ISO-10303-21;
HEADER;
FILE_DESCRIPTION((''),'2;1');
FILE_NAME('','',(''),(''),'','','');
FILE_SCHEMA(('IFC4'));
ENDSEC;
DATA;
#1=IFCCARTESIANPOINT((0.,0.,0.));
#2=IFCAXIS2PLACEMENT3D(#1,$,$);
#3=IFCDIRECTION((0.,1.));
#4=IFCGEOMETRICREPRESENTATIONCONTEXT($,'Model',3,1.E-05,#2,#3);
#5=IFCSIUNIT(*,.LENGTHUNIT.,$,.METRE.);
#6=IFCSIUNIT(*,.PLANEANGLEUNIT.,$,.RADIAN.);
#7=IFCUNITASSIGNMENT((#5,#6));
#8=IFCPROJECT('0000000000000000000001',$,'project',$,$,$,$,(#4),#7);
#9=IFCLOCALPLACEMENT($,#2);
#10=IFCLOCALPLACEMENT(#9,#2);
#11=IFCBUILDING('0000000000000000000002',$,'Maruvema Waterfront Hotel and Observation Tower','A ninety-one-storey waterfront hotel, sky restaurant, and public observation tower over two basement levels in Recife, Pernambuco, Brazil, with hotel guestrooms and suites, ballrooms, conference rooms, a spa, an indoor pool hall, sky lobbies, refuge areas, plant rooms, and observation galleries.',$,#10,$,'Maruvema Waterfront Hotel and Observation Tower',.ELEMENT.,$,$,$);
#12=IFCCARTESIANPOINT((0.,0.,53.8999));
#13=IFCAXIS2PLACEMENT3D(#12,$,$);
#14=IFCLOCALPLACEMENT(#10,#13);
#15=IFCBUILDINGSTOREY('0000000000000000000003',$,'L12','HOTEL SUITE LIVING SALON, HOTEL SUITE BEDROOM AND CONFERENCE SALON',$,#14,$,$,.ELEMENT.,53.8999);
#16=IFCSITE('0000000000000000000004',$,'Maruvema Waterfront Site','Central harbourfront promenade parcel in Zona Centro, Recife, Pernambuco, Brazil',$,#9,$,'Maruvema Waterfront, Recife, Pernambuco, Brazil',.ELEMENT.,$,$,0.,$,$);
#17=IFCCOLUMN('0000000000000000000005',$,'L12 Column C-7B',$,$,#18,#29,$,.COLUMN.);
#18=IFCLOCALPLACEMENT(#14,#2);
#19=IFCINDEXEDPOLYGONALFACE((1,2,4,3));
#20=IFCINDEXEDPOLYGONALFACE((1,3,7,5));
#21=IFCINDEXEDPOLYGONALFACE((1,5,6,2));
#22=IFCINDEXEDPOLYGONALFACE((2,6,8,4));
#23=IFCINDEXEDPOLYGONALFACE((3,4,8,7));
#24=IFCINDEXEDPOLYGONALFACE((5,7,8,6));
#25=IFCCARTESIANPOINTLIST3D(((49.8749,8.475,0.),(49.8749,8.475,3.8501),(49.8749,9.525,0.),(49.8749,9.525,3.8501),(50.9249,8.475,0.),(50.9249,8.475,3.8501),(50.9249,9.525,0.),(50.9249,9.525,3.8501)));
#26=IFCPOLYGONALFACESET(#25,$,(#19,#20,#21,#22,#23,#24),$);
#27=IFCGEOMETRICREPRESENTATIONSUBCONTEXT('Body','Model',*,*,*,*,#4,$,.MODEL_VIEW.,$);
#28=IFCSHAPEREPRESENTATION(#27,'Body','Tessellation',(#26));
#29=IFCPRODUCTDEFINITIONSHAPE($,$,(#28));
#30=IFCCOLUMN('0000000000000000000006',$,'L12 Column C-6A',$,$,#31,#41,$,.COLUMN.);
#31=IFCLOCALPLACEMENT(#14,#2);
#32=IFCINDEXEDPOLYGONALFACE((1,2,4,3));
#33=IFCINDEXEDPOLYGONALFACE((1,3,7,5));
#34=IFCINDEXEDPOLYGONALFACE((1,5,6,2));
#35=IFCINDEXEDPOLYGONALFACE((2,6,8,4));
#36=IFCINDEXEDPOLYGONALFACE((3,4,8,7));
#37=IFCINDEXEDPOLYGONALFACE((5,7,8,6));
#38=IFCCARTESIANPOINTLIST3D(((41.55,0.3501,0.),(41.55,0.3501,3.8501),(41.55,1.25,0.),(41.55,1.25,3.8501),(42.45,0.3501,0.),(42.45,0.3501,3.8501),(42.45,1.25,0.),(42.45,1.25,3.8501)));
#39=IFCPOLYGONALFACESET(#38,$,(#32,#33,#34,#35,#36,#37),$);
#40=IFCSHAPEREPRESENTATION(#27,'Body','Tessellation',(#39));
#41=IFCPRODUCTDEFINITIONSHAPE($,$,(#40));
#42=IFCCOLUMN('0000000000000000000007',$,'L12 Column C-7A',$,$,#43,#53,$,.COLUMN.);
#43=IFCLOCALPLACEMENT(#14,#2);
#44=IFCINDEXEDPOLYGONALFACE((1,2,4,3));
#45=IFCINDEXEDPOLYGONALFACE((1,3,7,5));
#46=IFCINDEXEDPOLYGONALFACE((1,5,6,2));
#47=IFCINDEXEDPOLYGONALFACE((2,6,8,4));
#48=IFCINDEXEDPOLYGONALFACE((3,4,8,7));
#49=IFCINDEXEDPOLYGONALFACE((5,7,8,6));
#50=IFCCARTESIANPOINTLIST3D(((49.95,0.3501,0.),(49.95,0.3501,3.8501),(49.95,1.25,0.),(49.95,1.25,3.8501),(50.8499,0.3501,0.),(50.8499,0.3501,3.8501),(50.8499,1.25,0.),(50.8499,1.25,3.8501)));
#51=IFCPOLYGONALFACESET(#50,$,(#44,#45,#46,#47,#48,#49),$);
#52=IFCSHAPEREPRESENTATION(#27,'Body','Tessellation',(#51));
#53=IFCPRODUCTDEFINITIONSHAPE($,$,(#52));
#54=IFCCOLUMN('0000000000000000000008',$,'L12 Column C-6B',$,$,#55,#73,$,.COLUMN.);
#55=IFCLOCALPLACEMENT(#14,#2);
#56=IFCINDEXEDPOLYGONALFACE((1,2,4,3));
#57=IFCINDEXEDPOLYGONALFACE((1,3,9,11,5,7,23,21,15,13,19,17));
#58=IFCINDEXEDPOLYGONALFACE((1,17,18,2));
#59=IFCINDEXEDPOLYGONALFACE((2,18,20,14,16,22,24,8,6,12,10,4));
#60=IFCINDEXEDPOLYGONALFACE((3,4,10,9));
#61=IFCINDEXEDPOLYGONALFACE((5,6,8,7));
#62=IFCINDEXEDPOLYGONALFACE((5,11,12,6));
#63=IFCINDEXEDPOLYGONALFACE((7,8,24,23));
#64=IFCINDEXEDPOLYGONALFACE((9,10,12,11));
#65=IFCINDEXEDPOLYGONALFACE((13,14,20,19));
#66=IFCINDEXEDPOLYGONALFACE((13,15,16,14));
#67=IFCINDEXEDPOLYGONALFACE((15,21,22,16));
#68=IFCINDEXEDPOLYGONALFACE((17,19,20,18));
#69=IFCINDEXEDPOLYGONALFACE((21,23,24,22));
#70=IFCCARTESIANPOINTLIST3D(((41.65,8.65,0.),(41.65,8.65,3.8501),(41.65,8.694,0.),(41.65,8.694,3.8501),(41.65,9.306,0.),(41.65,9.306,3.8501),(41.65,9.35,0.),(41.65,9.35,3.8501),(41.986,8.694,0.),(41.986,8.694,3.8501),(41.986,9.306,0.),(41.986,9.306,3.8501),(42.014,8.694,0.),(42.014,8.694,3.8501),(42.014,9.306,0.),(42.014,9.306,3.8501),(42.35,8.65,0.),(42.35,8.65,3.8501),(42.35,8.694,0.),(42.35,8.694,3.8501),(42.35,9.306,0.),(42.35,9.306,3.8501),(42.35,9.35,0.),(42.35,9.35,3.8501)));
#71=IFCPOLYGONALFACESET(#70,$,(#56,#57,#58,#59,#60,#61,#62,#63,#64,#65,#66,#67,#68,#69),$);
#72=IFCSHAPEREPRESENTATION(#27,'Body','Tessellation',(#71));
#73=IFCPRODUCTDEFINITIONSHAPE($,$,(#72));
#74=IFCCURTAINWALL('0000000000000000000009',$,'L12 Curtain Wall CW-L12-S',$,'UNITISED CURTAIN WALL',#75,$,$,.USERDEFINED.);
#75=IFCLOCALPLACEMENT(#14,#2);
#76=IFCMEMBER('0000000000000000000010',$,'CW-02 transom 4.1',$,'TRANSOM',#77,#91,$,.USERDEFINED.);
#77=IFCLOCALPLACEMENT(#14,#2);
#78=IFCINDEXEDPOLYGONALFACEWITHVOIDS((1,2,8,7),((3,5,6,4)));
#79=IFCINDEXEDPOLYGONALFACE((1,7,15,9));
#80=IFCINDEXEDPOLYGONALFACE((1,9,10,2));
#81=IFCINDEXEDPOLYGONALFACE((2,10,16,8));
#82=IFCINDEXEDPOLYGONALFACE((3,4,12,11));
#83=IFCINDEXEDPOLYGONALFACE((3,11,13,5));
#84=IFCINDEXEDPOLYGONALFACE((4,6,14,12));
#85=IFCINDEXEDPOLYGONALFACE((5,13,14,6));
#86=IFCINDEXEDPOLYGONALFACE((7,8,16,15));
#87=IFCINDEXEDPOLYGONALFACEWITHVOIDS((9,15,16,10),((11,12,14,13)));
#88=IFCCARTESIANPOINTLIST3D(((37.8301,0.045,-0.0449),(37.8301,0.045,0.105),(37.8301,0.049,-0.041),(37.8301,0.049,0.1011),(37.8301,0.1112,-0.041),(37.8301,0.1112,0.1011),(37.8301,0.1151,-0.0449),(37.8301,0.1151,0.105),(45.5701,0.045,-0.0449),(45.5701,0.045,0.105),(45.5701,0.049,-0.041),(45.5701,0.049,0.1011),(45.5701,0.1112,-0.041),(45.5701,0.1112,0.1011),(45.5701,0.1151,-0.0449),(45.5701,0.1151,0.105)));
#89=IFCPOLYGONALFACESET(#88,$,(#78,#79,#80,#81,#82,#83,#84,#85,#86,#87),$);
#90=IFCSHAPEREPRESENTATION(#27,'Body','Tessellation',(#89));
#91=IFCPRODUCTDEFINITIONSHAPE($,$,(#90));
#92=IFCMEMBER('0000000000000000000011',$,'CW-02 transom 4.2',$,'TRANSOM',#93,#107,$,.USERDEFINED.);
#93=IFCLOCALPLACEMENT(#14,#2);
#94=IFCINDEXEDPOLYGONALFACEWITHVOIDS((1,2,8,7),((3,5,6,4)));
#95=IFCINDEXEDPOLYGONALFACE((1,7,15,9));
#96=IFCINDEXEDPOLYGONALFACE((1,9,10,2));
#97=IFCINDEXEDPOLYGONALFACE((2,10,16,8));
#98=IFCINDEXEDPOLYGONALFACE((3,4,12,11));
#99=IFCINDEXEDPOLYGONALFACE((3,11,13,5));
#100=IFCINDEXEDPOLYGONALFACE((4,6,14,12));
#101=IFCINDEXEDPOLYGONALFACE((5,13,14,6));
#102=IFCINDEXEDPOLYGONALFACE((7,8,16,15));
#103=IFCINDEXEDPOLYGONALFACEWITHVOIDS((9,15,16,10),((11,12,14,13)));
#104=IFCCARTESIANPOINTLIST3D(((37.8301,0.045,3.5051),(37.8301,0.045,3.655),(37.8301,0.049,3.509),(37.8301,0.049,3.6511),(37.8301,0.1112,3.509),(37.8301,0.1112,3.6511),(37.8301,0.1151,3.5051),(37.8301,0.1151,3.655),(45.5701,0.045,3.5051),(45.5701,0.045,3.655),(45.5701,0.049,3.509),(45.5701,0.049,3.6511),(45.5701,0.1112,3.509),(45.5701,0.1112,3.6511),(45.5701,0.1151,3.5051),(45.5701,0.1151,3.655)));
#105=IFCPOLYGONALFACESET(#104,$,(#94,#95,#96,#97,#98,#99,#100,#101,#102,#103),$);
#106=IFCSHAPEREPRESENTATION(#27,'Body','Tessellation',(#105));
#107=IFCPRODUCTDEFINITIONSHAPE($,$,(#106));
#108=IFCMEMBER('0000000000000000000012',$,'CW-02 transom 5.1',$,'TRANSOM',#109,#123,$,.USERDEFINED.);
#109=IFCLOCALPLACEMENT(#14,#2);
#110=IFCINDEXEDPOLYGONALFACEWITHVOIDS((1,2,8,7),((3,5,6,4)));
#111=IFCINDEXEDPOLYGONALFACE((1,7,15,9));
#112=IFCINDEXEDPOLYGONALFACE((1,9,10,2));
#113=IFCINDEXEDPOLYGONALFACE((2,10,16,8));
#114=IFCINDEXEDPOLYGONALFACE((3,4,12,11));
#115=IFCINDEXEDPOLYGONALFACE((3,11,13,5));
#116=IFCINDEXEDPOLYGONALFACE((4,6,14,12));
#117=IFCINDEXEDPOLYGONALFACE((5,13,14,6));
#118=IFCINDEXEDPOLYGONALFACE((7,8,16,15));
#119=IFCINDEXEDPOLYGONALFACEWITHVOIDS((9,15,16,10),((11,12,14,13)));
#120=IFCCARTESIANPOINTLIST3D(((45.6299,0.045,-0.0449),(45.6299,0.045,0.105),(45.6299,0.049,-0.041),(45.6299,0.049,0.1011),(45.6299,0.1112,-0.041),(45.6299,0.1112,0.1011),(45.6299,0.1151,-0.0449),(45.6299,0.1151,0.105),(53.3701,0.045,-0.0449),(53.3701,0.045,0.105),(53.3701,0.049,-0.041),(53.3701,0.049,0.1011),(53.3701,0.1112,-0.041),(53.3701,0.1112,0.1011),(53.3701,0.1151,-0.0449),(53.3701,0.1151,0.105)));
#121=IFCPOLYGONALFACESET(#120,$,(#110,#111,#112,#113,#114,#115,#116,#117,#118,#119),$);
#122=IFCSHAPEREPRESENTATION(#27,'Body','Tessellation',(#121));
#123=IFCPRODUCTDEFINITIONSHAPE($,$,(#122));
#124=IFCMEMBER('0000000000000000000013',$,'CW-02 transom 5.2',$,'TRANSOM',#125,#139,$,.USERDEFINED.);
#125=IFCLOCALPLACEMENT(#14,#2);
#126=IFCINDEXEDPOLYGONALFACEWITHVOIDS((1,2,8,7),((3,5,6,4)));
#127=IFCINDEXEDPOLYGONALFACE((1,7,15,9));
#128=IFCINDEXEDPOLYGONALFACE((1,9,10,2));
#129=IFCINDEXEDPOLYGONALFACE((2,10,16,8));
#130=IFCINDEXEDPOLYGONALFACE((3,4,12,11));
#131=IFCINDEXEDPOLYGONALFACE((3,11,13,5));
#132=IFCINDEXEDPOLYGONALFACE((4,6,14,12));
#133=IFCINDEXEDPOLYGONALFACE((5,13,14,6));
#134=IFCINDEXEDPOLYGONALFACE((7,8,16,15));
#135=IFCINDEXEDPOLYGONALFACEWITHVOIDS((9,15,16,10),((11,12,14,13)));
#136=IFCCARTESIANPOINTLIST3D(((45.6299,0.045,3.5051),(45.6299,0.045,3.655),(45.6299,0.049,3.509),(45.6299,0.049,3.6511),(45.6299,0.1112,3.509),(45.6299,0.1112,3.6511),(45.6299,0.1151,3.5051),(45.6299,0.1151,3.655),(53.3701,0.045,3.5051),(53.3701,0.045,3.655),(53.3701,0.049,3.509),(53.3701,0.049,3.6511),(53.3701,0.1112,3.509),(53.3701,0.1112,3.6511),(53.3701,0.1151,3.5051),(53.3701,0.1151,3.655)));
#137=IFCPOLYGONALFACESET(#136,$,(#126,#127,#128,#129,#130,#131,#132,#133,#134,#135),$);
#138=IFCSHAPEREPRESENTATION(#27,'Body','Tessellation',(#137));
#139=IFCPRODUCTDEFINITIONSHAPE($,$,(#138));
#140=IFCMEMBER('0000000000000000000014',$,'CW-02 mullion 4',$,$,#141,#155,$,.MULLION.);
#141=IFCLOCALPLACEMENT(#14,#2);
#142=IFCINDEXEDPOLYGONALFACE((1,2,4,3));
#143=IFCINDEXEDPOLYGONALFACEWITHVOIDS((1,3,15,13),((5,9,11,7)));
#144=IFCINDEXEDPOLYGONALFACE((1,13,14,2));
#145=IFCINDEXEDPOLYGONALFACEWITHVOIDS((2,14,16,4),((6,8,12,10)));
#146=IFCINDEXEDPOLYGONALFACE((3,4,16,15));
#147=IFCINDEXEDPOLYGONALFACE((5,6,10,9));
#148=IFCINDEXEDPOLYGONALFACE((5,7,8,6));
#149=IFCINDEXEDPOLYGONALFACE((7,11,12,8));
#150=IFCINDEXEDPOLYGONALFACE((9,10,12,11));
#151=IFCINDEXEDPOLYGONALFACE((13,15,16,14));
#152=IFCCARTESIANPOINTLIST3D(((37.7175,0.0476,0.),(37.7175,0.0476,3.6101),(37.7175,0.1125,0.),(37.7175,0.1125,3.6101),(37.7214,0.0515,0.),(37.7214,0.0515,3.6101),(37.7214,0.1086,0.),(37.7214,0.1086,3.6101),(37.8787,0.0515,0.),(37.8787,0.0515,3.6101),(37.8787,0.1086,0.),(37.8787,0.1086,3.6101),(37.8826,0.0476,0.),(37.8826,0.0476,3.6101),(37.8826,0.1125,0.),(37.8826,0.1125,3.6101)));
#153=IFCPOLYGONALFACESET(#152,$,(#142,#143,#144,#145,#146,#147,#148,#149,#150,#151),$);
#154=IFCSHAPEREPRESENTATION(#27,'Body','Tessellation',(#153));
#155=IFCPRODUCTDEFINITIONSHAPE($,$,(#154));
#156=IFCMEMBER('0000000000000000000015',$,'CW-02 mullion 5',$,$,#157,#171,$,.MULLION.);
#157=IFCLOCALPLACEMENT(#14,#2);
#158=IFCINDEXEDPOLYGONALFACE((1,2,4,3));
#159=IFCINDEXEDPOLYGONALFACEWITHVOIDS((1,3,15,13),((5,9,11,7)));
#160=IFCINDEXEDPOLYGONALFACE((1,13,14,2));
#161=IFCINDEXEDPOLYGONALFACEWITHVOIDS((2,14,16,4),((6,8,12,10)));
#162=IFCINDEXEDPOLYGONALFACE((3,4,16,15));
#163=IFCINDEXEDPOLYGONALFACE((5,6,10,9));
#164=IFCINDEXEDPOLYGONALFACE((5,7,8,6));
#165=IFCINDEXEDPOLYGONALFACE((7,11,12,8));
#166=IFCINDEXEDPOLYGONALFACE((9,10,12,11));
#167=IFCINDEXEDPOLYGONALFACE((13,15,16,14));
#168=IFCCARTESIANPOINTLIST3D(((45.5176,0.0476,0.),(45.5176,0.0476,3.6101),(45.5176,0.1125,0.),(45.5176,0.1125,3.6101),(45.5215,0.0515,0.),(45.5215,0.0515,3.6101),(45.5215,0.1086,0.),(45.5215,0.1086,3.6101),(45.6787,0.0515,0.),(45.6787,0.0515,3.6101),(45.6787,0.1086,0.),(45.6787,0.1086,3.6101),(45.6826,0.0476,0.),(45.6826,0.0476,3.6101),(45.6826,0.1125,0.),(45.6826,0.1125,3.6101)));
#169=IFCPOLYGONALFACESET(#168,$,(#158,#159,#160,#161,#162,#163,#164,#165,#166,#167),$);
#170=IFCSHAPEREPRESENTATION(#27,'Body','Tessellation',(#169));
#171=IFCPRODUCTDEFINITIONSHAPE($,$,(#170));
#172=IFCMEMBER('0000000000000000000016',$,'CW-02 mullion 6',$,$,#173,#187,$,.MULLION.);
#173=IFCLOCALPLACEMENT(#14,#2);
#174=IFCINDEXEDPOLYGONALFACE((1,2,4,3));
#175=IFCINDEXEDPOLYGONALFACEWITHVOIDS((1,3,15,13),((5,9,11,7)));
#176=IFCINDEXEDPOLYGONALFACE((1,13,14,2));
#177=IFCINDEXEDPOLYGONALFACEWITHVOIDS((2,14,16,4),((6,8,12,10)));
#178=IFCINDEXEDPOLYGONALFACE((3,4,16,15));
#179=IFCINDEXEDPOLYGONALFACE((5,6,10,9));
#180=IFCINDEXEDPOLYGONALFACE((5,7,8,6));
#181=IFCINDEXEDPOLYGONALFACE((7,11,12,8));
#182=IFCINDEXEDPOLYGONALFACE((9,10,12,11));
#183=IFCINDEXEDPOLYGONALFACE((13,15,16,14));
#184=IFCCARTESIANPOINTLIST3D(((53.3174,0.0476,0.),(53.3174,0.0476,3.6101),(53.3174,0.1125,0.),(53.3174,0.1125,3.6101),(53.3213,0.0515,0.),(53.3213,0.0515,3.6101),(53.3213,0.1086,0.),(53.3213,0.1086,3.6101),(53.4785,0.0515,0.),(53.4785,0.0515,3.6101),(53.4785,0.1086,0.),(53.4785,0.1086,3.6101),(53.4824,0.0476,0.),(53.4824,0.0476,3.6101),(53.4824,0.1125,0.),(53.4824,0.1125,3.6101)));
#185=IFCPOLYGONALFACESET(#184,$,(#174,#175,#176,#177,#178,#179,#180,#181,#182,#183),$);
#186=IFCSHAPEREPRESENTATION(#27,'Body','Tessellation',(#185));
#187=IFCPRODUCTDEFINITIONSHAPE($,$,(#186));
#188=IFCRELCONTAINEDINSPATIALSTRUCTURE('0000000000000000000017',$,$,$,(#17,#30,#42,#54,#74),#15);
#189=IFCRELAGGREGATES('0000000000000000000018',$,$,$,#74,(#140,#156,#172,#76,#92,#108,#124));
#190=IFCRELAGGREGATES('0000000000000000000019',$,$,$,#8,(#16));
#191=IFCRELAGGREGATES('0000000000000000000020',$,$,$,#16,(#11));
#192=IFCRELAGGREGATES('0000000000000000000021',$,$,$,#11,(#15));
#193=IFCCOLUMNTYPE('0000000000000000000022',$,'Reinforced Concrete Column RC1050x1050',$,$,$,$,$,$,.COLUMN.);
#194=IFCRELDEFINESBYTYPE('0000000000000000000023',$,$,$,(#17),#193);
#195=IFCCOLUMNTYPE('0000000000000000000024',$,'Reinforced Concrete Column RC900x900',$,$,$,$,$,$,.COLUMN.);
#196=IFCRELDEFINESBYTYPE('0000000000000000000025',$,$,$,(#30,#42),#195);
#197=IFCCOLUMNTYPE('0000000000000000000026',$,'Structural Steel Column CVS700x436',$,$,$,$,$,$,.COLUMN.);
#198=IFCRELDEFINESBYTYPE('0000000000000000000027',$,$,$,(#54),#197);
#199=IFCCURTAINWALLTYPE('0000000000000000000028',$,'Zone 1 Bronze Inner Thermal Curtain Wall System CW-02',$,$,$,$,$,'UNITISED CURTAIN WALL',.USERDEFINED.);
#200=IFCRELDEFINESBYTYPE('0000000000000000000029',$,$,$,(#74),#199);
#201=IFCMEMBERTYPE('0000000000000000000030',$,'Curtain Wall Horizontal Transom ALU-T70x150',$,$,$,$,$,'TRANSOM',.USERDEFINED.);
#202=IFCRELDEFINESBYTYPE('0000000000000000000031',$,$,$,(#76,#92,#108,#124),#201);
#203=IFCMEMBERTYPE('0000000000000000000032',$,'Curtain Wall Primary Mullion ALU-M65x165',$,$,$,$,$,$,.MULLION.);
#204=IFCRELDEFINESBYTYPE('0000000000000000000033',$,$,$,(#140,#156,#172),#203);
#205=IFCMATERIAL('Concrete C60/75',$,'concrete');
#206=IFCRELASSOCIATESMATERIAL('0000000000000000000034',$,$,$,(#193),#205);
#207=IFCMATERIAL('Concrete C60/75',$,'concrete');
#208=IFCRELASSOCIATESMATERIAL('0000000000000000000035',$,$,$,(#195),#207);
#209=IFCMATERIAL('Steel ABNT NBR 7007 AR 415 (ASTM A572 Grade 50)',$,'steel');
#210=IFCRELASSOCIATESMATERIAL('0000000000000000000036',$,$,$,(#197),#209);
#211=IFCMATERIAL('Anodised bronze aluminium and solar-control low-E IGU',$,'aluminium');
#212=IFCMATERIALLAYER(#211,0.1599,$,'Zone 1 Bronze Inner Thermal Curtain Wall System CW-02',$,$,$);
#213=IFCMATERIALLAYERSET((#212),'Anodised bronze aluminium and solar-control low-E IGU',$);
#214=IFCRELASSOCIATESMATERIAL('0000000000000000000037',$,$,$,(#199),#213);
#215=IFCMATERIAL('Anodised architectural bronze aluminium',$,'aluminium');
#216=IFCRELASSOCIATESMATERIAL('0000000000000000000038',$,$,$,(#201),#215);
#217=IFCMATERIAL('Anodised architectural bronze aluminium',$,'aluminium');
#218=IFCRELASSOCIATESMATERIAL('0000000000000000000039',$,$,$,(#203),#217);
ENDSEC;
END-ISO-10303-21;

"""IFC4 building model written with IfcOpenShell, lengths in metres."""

from ifc_helpers import new_model, si_unit, direction, frame, origin, origin_2d, place, context, subcontext, project, spatial, rectangle, hollow_rectangle, i_section, extrude, material, layer, layer_set, material_profile, profile_set, type_object, element, aggregate, save


model = new_model("IFC4")

# Units and contexts
model_context = context("Model", 3, precision=1e-05, world=origin(), true_north=direction((0.0, 1.0)))
body_context = subcontext(model_context, "Body", "Model", "MODEL_VIEW")
ifc_project = project(units=[si_unit("LENGTHUNIT", "METRE"), si_unit("PLANEANGLEUNIT", "RADIAN")], contexts=[model_context])

# Site, building, storey
site_placement = place(None, origin())
site = spatial("IfcSite", under=ifc_project, at=site_placement, Name="Maruvema Waterfront Site", Description="Central harbourfront promenade parcel in Zona Centro, Recife, Pernambuco, Brazil", LongName="Maruvema Waterfront, Recife, Pernambuco, Brazil", CompositionType="ELEMENT", RefElevation=0.0)
building_placement = place(site_placement, origin())
building = spatial("IfcBuilding", under=site, at=building_placement, Name="Maruvema Waterfront Hotel and Observation Tower", Description="A ninety-one-storey waterfront hotel, sky restaurant, and public observation tower over two basement levels in Recife, Pernambuco, Brazil, with hotel guestrooms and suites, ballrooms, conference rooms, a spa, an indoor pool hall, sky lobbies, refuge areas, plant rooms, and observation galleries.", LongName="Maruvema Waterfront Hotel and Observation Tower", CompositionType="ELEMENT")
storey_placement = place(building_placement, frame((0.0, 0.0, 53.8999)))
storey = spatial("IfcBuildingStorey", under=building, at=storey_placement, Name="L12", Description="HOTEL SUITE LIVING SALON, HOTEL SUITE BEDROOM AND CONFERENCE SALON", CompositionType="ELEMENT", Elevation=53.8999)

# Columns
ifc_material_1 = material(Name="Concrete C60/75", Category="concrete")
ifc_material_profile_1 = material_profile(ifc_material_1, rectangle(XDim=1.05, YDim=1.05, at=origin_2d()), Name="RC1050x1050")
ifc_profile_set_1 = profile_set([ifc_material_profile_1], Name="Concrete C60/75")
column_type_1 = type_object("IfcColumnType", Name="Reinforced Concrete Column RC1050x1050", PredefinedType="COLUMN", material=ifc_profile_set_1)
column_1_placement = place(storey_placement, frame((50.3999, 9.0, 0.0), z_axis=(0.0, 0.0, 1.0), x_axis=(1.0, 0.0, 0.0)))
element("IfcColumn", 1, at=column_1_placement, inside=storey, type_object=column_type_1, Name="L12 Column C-7B", PredefinedType="COLUMN", context=body_context, shape_type="SweptSolid", body=[
    extrude(rectangle(XDim=1.05, YDim=1.05, at=origin_2d()), origin(), (0.0, 0.0, 1.0), 3.8501),
])
ifc_material_2 = material(Name="Concrete C60/75", Category="concrete")
ifc_material_profile_2 = material_profile(ifc_material_2, rectangle(XDim=0.8999, YDim=0.8999, at=origin_2d()), Name="RC900x900")
ifc_profile_set_2 = profile_set([ifc_material_profile_2], Name="Concrete C60/75")
column_type_2 = type_object("IfcColumnType", Name="Reinforced Concrete Column RC900x900", PredefinedType="COLUMN", material=ifc_profile_set_2)
for number, where, z_axis, x_axis, name in (
    (2, (42.0, 0.8, 0.0), (0.0, 0.0, 1.0), (1.0, 0.0, 0.0), "L12 Column C-6A"),
    (3, (50.3999, 0.8, 0.0), (0.0, 0.0, 1.0), (1.0, 0.0, 0.0), "L12 Column C-7A"),
):
    element("IfcColumn", number, at=place(storey_placement, frame(where, z_axis=z_axis, x_axis=x_axis)), inside=storey, type_object=column_type_2, Name=name, PredefinedType="COLUMN", context=body_context, shape_type="SweptSolid", body=[
        extrude(rectangle(XDim=0.8999, YDim=0.8999, at=origin_2d()), origin(), (0.0, 0.0, 1.0), 3.8501),
    ])
ifc_material_3 = material(Name="Steel ABNT NBR 7007 AR 415 (ASTM A572 Grade 50)", Category="steel")
ifc_material_profile_3 = material_profile(ifc_material_3, i_section(OverallWidth=0.7, OverallDepth=0.7, WebThickness=0.0281, FlangeThickness=0.0439, at=origin_2d()), Name="CVS700x436")
ifc_profile_set_3 = profile_set([ifc_material_profile_3], Name="Steel ABNT NBR 7007 AR 415 (ASTM A572 Grade 50)")
column_type_3 = type_object("IfcColumnType", Name="Structural Steel Column CVS700x436", PredefinedType="COLUMN", material=ifc_profile_set_3)
column_2_placement = place(storey_placement, frame((42.0, 9.0, 0.0), z_axis=(0.0, 0.0, 1.0), x_axis=(1.0, 0.0, 0.0)))
element("IfcColumn", 4, at=column_2_placement, inside=storey, type_object=column_type_3, Name="L12 Column C-6B", PredefinedType="COLUMN", context=body_context, shape_type="SweptSolid", body=[
    extrude(i_section(OverallWidth=0.7, OverallDepth=0.7, WebThickness=0.0281, FlangeThickness=0.0439, at=origin_2d()), origin(), (0.0, 0.0, 1.0), 3.8501),
])

# Curtain wall, members
ifc_material_4 = material(Name="Anodised bronze aluminium and solar-control low-E IGU", Category="aluminium")
ifc_layer_1 = layer(ifc_material_4, 0.1599, Name="Zone 1 Bronze Inner Thermal Curtain Wall System CW-02")
ifc_layer_set_1 = layer_set([ifc_layer_1], Name="Anodised bronze aluminium and solar-control low-E IGU")
curtain_wall_type = type_object("IfcCurtainWallType", Name="Zone 1 Bronze Inner Thermal Curtain Wall System CW-02", ElementType="UNITISED CURTAIN WALL", PredefinedType="USERDEFINED", material=ifc_layer_set_1)
curtain_wall_placement = place(storey_placement, origin())
curtain_wall = element("IfcCurtainWall", 5, at=curtain_wall_placement, inside=storey, type_object=curtain_wall_type, Name="L12 Curtain Wall CW-L12-S", ObjectType="UNITISED CURTAIN WALL", PredefinedType="USERDEFINED")
ifc_material_5 = material(Name="Anodised architectural bronze aluminium", Category="aluminium")
ifc_material_profile_4 = material_profile(ifc_material_5, hollow_rectangle(XDim=0.0701, YDim=0.1499, WallThickness=0.0039, at=origin_2d()), Name="ALU-T70x150")
ifc_profile_set_4 = profile_set([ifc_material_profile_4], Name="Anodised architectural bronze aluminium")
member_type_1 = type_object("IfcMemberType", Name="Curtain Wall Horizontal Transom ALU-T70x150", ElementType="TRANSOM", PredefinedType="USERDEFINED", material=ifc_profile_set_4)
member_1_placement = place(storey_placement, frame((37.8301, 0.0801, 0.03), z_axis=(1.0, 0.0, 0.0), x_axis=(0.0, 1.0, 0.0)))
member_1 = element("IfcMember", 6, at=member_1_placement, type_object=member_type_1, Name="CW-02 transom 4.1", ObjectType="TRANSOM", PredefinedType="USERDEFINED", context=body_context, shape_type="SweptSolid", body=[
    extrude(hollow_rectangle(XDim=0.0701, YDim=0.1499, WallThickness=0.0039, at=origin_2d()), origin(), (0.0, 0.0, 1.0), 7.74),
])
member_2_placement = place(storey_placement, frame((37.8301, 0.0801, 3.5801), z_axis=(1.0, 0.0, 0.0), x_axis=(0.0, 1.0, 0.0)))
member_2 = element("IfcMember", 7, at=member_2_placement, type_object=member_type_1, Name="CW-02 transom 4.2", ObjectType="TRANSOM", PredefinedType="USERDEFINED", context=body_context, shape_type="SweptSolid", body=[
    extrude(hollow_rectangle(XDim=0.0701, YDim=0.1499, WallThickness=0.0039, at=origin_2d()), origin(), (0.0, 0.0, 1.0), 7.74),
])
member_3_placement = place(storey_placement, frame((45.6299, 0.0801, 0.03), z_axis=(1.0, 0.0, 0.0), x_axis=(0.0, 1.0, 0.0)))
member_3 = element("IfcMember", 8, at=member_3_placement, type_object=member_type_1, Name="CW-02 transom 5.1", ObjectType="TRANSOM", PredefinedType="USERDEFINED", context=body_context, shape_type="SweptSolid", body=[
    extrude(hollow_rectangle(XDim=0.0701, YDim=0.1499, WallThickness=0.0039, at=origin_2d()), origin(), (0.0, 0.0, 1.0), 7.7402),
])
member_4_placement = place(storey_placement, frame((45.6299, 0.0801, 3.5801), z_axis=(1.0, 0.0, 0.0), x_axis=(0.0, 1.0, 0.0)))
member_4 = element("IfcMember", 9, at=member_4_placement, type_object=member_type_1, Name="CW-02 transom 5.2", ObjectType="TRANSOM", PredefinedType="USERDEFINED", context=body_context, shape_type="SweptSolid", body=[
    extrude(hollow_rectangle(XDim=0.0701, YDim=0.1499, WallThickness=0.0039, at=origin_2d()), origin(), (0.0, 0.0, 1.0), 7.7402),
])
ifc_material_6 = material(Name="Anodised architectural bronze aluminium", Category="aluminium")
ifc_material_profile_5 = material_profile(ifc_material_6, hollow_rectangle(XDim=0.0649, YDim=0.165, WallThickness=0.0039, at=origin_2d()), Name="ALU-M65x165")
ifc_profile_set_5 = profile_set([ifc_material_profile_5], Name="Anodised architectural bronze aluminium")
member_type_2 = type_object("IfcMemberType", Name="Curtain Wall Primary Mullion ALU-M65x165", PredefinedType="MULLION", material=ifc_profile_set_5)
member_5_placement = place(storey_placement, frame((37.8, 0.0801, 0.0), z_axis=(0.0, 0.0, 1.0), x_axis=(0.0, 1.0, 0.0)))
member_5 = element("IfcMember", 10, at=member_5_placement, type_object=member_type_2, Name="CW-02 mullion 4", PredefinedType="MULLION", context=body_context, shape_type="SweptSolid", body=[
    extrude(hollow_rectangle(XDim=0.0649, YDim=0.165, WallThickness=0.0039, at=origin_2d()), origin(), (0.0, 0.0, 1.0), 3.6101),
])
member_6_placement = place(storey_placement, frame((45.6001, 0.0801, 0.0), z_axis=(0.0, 0.0, 1.0), x_axis=(0.0, 1.0, 0.0)))
member_6 = element("IfcMember", 11, at=member_6_placement, type_object=member_type_2, Name="CW-02 mullion 5", PredefinedType="MULLION", context=body_context, shape_type="SweptSolid", body=[
    extrude(hollow_rectangle(XDim=0.0649, YDim=0.165, WallThickness=0.0039, at=origin_2d()), origin(), (0.0, 0.0, 1.0), 3.6101),
])
member_7_placement = place(storey_placement, frame((53.3999, 0.0801, 0.0), z_axis=(0.0, 0.0, 1.0), x_axis=(0.0, 1.0, 0.0)))
member_7 = element("IfcMember", 12, at=member_7_placement, type_object=member_type_2, Name="CW-02 mullion 6", PredefinedType="MULLION", context=body_context, shape_type="SweptSolid", body=[
    extrude(hollow_rectangle(XDim=0.0649, YDim=0.165, WallThickness=0.0039, at=origin_2d()), origin(), (0.0, 0.0, 1.0), 3.6101),
])

aggregate(curtain_wall, [member_5, member_6, member_7, member_1, member_2, member_3, member_4])

save(model, "model.ifc")
